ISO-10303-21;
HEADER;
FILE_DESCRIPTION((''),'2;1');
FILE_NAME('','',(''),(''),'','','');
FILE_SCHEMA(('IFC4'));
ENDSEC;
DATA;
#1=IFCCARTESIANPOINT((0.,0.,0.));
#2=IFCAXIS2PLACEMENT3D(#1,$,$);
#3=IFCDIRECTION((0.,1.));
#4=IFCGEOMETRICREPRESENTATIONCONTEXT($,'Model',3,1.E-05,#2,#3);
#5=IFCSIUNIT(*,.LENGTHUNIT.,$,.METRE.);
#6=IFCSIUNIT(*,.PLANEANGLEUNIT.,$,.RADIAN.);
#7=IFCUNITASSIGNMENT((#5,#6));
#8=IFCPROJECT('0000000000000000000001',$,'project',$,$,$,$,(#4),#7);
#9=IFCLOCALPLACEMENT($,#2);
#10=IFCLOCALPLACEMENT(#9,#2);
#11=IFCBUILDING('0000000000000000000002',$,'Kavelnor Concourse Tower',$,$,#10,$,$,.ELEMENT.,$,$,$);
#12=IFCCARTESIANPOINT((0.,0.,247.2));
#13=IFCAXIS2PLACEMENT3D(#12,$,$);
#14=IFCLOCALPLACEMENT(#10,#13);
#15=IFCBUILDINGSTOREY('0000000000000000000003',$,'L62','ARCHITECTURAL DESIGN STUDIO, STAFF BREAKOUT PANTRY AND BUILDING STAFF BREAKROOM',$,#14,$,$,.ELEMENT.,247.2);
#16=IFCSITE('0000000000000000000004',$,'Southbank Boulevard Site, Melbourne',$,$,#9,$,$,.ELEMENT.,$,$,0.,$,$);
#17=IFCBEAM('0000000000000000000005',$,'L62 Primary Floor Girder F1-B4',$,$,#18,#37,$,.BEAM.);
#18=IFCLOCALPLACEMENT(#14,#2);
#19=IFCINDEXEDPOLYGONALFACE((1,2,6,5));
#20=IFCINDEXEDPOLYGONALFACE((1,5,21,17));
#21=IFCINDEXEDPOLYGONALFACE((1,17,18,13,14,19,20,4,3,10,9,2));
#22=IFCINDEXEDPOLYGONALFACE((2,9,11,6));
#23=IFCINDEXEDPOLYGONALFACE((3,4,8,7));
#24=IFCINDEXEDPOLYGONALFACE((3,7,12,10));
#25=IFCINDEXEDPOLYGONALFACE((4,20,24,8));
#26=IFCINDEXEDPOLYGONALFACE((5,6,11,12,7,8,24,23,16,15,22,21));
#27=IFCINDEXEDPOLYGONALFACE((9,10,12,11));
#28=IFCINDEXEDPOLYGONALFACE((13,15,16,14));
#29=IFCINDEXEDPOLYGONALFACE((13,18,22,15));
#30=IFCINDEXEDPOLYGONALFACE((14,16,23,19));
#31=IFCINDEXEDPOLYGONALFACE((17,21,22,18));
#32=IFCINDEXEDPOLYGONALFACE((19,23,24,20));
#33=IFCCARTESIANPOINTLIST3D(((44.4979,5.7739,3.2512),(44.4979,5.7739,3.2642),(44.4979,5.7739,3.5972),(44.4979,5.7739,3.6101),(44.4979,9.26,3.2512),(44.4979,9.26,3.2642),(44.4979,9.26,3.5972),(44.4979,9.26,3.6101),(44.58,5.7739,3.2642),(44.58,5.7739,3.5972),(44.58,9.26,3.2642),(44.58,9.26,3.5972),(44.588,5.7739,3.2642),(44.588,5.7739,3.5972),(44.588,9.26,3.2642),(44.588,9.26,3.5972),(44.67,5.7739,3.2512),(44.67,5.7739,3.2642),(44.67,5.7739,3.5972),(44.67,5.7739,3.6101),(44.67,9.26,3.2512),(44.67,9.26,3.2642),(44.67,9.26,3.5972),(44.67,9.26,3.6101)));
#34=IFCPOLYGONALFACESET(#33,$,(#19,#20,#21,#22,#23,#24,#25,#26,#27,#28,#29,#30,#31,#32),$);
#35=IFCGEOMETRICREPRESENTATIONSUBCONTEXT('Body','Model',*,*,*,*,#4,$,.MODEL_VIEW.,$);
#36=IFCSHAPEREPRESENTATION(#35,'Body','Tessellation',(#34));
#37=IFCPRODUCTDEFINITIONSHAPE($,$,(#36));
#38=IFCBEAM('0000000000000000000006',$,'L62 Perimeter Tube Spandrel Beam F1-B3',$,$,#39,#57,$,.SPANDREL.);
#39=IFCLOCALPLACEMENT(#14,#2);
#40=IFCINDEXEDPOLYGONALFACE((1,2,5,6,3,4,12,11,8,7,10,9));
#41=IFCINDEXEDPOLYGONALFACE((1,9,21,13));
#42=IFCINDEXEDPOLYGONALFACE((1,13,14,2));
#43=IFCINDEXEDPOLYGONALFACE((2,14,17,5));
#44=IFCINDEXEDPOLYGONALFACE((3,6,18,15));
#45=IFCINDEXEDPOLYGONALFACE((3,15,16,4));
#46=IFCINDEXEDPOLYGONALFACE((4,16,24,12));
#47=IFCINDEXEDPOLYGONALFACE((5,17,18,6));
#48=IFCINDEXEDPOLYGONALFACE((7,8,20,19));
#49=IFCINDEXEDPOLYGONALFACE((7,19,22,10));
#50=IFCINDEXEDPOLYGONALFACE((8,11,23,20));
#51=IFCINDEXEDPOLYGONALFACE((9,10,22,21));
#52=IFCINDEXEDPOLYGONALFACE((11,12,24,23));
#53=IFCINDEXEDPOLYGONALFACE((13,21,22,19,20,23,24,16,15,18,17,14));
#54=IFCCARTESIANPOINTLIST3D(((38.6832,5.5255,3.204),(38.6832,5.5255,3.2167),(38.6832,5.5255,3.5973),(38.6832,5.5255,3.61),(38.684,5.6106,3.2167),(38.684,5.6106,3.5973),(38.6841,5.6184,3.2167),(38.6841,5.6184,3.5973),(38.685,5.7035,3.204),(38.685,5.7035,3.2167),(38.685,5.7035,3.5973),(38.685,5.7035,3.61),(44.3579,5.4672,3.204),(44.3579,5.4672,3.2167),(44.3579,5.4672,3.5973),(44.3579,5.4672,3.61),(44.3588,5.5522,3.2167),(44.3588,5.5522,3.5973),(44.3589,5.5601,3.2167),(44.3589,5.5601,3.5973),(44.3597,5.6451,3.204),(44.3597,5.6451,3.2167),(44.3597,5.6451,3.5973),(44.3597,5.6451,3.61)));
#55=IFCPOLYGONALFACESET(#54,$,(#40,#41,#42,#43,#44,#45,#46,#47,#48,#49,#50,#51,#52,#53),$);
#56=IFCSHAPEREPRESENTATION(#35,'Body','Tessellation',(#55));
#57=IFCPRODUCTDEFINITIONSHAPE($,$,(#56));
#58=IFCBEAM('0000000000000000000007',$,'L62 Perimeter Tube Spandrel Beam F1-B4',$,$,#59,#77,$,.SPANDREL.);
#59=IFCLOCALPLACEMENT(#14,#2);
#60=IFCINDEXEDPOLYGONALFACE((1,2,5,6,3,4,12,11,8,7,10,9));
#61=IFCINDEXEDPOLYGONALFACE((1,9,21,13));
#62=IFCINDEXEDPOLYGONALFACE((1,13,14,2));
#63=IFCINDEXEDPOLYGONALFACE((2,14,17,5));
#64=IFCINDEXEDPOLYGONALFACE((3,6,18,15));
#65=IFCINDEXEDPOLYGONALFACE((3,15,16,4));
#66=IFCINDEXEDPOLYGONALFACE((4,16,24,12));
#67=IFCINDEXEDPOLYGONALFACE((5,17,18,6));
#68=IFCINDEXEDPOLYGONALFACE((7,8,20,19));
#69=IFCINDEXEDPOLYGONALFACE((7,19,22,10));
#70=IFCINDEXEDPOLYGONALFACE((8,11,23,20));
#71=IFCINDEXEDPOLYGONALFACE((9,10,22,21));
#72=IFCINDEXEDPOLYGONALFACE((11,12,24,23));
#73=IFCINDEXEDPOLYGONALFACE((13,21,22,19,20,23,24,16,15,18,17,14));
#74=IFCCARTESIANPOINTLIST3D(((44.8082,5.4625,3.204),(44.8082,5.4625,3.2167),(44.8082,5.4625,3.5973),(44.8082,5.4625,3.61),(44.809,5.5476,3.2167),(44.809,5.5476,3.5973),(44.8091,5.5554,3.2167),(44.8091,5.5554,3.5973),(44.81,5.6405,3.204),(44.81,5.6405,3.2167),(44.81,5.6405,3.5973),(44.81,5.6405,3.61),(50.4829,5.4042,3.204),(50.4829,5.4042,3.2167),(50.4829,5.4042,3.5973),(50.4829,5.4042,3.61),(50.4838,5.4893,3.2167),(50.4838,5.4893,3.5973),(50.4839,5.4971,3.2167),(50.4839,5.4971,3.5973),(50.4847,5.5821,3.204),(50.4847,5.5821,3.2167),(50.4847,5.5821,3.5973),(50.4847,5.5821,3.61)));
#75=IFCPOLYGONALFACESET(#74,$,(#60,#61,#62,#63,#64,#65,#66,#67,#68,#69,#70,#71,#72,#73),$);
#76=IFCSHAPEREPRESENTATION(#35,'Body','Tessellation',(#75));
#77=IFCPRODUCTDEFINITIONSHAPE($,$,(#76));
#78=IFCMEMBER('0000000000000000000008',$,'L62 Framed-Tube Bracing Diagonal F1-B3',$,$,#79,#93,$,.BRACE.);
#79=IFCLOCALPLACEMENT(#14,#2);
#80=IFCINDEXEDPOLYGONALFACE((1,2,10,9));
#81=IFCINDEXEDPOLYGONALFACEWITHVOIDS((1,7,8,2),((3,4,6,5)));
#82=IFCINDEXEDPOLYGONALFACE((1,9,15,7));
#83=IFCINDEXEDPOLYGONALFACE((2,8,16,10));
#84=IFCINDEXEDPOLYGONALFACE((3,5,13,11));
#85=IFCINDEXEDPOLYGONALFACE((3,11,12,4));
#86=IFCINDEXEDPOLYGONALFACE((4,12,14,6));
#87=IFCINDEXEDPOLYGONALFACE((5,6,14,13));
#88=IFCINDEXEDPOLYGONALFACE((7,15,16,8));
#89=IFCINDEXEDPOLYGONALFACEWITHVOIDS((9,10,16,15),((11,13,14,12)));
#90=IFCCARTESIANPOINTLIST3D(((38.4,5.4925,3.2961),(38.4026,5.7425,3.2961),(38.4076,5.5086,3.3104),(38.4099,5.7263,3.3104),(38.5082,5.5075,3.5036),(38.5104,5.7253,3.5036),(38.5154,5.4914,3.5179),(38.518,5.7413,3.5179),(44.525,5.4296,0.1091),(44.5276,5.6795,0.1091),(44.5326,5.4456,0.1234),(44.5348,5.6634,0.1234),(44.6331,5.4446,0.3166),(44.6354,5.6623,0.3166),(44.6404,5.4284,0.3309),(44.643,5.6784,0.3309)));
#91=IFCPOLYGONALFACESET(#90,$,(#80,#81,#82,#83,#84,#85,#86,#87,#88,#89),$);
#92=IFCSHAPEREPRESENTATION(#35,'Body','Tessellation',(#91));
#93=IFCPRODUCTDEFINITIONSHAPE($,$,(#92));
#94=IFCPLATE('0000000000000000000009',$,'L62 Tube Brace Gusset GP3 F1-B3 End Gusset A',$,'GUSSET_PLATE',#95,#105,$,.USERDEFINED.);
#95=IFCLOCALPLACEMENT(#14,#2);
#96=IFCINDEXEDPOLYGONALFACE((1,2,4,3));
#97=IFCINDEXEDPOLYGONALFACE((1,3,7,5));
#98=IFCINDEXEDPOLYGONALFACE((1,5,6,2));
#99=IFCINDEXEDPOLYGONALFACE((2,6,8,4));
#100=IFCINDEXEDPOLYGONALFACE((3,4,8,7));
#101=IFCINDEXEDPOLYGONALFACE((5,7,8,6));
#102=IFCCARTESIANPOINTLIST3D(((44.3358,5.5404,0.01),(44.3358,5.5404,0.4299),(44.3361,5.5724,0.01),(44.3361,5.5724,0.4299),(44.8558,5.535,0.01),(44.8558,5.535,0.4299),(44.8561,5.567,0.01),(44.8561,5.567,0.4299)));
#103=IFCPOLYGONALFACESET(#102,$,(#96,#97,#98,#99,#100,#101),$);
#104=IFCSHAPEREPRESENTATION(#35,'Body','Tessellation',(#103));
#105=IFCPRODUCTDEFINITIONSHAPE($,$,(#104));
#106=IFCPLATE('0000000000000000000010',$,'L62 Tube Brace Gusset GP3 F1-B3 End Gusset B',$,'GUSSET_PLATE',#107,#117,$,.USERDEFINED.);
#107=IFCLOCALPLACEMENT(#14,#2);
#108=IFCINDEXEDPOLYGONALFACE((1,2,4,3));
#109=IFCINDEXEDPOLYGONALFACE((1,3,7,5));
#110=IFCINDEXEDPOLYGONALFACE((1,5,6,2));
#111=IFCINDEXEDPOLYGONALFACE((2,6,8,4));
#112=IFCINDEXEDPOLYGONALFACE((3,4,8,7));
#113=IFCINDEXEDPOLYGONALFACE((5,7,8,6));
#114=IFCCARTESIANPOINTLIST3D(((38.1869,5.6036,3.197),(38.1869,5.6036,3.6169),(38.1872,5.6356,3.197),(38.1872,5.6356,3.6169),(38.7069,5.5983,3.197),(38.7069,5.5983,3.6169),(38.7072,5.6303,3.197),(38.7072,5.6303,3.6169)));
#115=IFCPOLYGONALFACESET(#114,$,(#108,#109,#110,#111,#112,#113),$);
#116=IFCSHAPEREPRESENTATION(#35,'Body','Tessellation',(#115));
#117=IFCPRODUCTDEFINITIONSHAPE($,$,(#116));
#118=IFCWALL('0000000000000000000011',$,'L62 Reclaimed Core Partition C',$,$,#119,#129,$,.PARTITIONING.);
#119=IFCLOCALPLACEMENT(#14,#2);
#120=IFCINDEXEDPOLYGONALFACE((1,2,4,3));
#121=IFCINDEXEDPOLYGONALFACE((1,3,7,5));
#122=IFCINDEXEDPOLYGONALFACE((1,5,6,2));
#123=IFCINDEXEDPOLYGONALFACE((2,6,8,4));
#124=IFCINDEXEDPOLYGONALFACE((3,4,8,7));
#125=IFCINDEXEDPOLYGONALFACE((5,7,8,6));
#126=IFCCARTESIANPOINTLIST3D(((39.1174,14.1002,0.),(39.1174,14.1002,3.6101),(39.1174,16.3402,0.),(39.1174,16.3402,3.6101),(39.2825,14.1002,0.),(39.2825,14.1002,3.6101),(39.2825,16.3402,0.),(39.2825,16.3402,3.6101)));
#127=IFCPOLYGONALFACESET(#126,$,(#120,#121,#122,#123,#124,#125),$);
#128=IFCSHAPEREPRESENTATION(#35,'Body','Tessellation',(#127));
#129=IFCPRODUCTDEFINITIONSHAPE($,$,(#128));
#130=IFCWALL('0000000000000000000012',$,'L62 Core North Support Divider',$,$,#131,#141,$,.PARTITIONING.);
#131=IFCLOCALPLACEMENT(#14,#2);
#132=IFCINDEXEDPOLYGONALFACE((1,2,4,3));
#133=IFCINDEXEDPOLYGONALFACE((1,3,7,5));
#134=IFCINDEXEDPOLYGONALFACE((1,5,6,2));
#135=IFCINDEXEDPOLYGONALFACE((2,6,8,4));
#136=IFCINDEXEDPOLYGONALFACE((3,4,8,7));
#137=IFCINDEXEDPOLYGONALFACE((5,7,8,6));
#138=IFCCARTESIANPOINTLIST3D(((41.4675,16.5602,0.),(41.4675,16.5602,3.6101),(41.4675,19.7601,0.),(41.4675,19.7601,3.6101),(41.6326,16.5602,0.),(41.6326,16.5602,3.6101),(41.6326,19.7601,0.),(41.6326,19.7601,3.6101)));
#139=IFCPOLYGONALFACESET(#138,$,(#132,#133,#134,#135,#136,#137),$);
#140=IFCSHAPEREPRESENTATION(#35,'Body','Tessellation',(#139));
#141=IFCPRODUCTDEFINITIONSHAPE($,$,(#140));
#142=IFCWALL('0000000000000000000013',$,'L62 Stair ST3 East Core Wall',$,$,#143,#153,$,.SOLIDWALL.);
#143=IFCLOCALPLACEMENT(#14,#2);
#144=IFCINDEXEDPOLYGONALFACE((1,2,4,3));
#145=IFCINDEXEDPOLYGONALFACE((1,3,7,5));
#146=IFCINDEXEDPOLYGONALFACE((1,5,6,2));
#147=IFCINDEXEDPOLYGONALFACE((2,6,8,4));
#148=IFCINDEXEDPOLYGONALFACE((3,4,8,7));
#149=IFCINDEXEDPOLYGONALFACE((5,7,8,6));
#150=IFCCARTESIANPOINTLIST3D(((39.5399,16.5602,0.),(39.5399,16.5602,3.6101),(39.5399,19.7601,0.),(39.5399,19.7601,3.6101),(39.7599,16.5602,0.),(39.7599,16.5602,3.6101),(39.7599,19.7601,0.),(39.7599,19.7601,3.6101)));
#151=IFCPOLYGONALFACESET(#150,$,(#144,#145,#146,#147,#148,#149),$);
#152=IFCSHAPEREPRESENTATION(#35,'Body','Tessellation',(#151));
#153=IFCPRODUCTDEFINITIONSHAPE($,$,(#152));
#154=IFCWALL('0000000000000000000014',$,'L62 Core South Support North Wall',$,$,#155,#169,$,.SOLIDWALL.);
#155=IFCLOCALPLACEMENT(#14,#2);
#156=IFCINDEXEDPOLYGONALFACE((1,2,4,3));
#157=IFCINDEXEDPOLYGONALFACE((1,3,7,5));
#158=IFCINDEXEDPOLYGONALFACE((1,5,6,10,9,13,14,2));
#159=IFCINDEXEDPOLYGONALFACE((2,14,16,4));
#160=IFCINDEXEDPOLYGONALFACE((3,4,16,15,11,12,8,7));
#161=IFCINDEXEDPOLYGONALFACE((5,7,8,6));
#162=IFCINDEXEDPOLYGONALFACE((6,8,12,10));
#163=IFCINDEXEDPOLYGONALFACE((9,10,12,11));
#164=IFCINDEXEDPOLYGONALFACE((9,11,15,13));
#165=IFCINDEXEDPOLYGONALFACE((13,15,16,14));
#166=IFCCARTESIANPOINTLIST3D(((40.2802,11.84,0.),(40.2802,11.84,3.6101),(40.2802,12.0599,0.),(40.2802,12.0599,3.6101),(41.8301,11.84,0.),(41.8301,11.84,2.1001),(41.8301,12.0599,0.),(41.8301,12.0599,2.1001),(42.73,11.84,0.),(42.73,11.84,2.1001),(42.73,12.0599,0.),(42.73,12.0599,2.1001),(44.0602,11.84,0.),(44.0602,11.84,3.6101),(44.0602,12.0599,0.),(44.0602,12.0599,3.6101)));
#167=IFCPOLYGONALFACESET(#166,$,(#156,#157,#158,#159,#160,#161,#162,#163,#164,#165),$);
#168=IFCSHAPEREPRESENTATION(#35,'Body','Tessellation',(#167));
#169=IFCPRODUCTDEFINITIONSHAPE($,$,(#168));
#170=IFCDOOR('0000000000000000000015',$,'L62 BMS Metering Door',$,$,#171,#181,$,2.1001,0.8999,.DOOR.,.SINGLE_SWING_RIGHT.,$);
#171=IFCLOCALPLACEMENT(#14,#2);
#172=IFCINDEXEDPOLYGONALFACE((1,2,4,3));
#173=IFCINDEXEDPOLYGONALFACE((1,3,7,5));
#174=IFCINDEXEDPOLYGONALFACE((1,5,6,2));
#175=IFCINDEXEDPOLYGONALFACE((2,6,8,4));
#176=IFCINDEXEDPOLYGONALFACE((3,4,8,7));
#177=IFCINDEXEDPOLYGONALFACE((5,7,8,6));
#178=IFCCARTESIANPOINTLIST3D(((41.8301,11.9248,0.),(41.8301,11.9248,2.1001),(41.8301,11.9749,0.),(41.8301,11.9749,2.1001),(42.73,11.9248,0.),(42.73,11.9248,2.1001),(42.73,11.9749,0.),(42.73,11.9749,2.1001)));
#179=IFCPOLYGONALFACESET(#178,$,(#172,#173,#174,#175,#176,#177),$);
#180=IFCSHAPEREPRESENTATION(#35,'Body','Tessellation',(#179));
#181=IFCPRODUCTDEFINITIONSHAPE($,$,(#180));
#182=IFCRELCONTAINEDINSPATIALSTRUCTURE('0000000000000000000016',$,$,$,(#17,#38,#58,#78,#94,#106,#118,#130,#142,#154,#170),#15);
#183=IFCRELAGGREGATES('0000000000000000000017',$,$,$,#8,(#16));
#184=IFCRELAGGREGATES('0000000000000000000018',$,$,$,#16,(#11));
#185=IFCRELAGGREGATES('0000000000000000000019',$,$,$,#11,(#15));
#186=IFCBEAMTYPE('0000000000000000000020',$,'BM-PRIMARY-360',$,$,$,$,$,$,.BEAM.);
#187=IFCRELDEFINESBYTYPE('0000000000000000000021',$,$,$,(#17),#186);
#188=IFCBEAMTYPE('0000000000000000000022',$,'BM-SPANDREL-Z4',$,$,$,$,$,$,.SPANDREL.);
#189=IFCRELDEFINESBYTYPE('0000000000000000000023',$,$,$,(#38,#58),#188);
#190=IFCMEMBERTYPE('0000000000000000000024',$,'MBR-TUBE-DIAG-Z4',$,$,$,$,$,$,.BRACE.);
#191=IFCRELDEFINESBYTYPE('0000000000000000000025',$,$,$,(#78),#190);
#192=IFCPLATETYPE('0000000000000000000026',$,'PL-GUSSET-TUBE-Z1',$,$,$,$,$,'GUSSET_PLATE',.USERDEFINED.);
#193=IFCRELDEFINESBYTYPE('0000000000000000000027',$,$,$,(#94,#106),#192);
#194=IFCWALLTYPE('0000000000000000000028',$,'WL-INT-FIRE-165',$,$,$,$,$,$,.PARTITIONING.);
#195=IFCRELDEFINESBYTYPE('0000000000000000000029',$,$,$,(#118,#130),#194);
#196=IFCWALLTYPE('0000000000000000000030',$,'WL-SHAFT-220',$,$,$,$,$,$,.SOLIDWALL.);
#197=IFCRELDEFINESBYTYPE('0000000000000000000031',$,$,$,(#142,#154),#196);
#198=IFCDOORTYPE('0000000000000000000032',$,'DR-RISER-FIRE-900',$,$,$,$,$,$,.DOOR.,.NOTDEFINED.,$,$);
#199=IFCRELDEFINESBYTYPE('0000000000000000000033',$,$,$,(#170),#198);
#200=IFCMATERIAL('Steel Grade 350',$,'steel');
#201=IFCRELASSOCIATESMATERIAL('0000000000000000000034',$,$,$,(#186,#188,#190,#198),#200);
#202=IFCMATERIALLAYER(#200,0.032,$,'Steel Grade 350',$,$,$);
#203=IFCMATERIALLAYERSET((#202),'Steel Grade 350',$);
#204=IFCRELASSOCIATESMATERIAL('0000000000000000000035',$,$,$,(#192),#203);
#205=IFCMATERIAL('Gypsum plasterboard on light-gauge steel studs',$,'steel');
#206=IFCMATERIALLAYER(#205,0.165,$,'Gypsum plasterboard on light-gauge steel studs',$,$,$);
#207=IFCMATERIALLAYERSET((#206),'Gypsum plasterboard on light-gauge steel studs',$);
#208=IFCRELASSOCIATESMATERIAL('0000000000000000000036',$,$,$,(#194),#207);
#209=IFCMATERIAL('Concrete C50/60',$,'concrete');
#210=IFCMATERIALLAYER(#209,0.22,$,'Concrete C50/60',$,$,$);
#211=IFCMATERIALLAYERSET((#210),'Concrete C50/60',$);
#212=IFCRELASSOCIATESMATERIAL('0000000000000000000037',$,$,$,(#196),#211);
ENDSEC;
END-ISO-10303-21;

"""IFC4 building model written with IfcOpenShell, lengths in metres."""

from ifc_helpers import new_model, si_unit, direction, frame, frame_2d, origin, origin_2d, place, context, subcontext, project, spatial, rectangle, hollow_rectangle, i_section, extrude, material, layer, layer_set, material_profile, profile_set, type_object, element, fill, save


model = new_model("IFC4")

# Units and contexts
model_context = context("Model", 3, precision=1e-05, world=origin(), true_north=direction((0.0, 1.0)))
body_context = subcontext(model_context, "Body", "Model", "MODEL_VIEW")
ifc_project = project(units=[si_unit("LENGTHUNIT", "METRE"), si_unit("PLANEANGLEUNIT", "RADIAN")], contexts=[model_context])

# Site, building, storey
site_placement = place(None, origin())
site = spatial("IfcSite", under=ifc_project, at=site_placement, Name="Southbank Boulevard Site, Melbourne", CompositionType="ELEMENT", RefElevation=0.0)
building_placement = place(site_placement, origin())
building = spatial("IfcBuilding", under=site, at=building_placement, Name="Kavelnor Concourse Tower", CompositionType="ELEMENT")
storey_placement = place(building_placement, frame((0.0, 0.0, 247.2)))
storey = spatial("IfcBuildingStorey", under=building, at=storey_placement, Name="L62", Description="ARCHITECTURAL DESIGN STUDIO, STAFF BREAKOUT PANTRY AND BUILDING STAFF BREAKROOM", CompositionType="ELEMENT", Elevation=247.2)

# Shared definitions
ifc_material_1 = material(Name="Steel Grade 350", Category="steel")

# Beams
ifc_material_profile_1 = material_profile(ifc_material_1, i_section(OverallWidth=0.1721, OverallDepth=0.3589, WebThickness=0.0081, FlangeThickness=0.0129, at=origin_2d()), Name="360UB56")
ifc_profile_set_1 = profile_set([ifc_material_profile_1], Name="Steel Grade 350")
beam_type_1 = type_object("IfcBeamType", Name="BM-PRIMARY-360", PredefinedType="BEAM", material=ifc_profile_set_1)
beam_1_placement = place(storey_placement, frame((44.584, 9.26, 3.4307), z_axis=(0.0, -1.0, 0.0), x_axis=(1.0, 0.0, 0.0)))
element("IfcBeam", 1, at=beam_1_placement, inside=storey, type_object=beam_type_1, Name="L62 Primary Floor Girder F1-B4", PredefinedType="BEAM", context=body_context, shape_type="SweptSolid", body=[
    extrude(i_section(OverallWidth=0.1721, OverallDepth=0.3589, WebThickness=0.0081, FlangeThickness=0.0129, at=origin_2d()), origin(), (0.0, 0.0, 1.0), 3.4861),
])
ifc_material_profile_2 = material_profile(ifc_material_1, i_section(OverallWidth=0.178, OverallDepth=0.406, WebThickness=0.0078, FlangeThickness=0.0127, at=origin_2d()), Name="410UB59")
ifc_profile_set_2 = profile_set([ifc_material_profile_2], Name="Steel Grade 350")
beam_type_2 = type_object("IfcBeamType", Name="BM-SPANDREL-Z4", PredefinedType="SPANDREL", material=ifc_profile_set_2)
for number, where, z_axis, x_axis, name in (
    (2, (38.6841, 5.6145, 3.407), (0.999947, -0.010282, 0.0), (0.010282, 0.999947, 0.0), "L62 Perimeter Tube Spandrel Beam F1-B3"),
    (3, (44.8091, 5.5515, 3.407), (0.999947, -0.010282, 0.0), (0.010282, 0.999947, 0.0), "L62 Perimeter Tube Spandrel Beam F1-B4"),
):
    element("IfcBeam", number, at=place(storey_placement, frame(where, z_axis=z_axis, x_axis=x_axis)), inside=storey, type_object=beam_type_2, Name=name, PredefinedType="SPANDREL", context=body_context, shape_type="SweptSolid", body=[
        extrude(i_section(OverallWidth=0.178, OverallDepth=0.406, WebThickness=0.0078, FlangeThickness=0.0127, at=origin_2d()), origin(), (0.0, 0.0, 1.0), 5.675),
    ])

# Member
ifc_material_profile_3 = material_profile(ifc_material_1, hollow_rectangle(XDim=0.25, YDim=0.25, WallThickness=0.0161, at=origin_2d()), Name="SHS 250x250x16")
ifc_profile_set_3 = profile_set([ifc_material_profile_3], Name="Steel Grade 350")
member_type = type_object("IfcMemberType", Name="MBR-TUBE-DIAG-Z4", PredefinedType="BRACE", material=ifc_profile_set_3)
member_placement = place(storey_placement, frame((44.584, 5.554, 0.22), z_axis=(-0.887061, 0.009122, 0.461563), x_axis=(-0.010283, -0.999947, 0.0)))
element("IfcMember", 4, at=member_placement, inside=storey, type_object=member_type, Name="L62 Framed-Tube Bracing Diagonal F1-B3", PredefinedType="BRACE", context=body_context, shape_type="SweptSolid", body=[
    extrude(hollow_rectangle(XDim=0.25, YDim=0.25, WallThickness=0.0161, at=origin_2d()), origin(), (0.0, 0.0, 1.0), 6.9048),
])

# Plates
ifc_layer_1 = layer(ifc_material_1, 0.032, Name="Steel Grade 350")
ifc_layer_set_1 = layer_set([ifc_layer_1], Name="Steel Grade 350")
plate_type = type_object("IfcPlateType", Name="PL-GUSSET-TUBE-Z1", ElementType="GUSSET_PLATE", PredefinedType="USERDEFINED", material=ifc_layer_set_1)
for number, where, z_axis, x_axis, name in (
    (5, (44.5959, 5.5537, 0.01), (0.0, 0.0, 1.0), (-0.999947, 0.010297, 0.0), "L62 Tube Brace Gusset GP3 F1-B3 End Gusset A"),
    (6, (38.447, 5.6169, 3.197), (0.0, 0.0, 1.0), (-0.999947, 0.010297, 0.0), "L62 Tube Brace Gusset GP3 F1-B3 End Gusset B"),
):
    element("IfcPlate", number, at=place(storey_placement, frame(where, z_axis=z_axis, x_axis=x_axis)), inside=storey, type_object=plate_type, Name=name, ObjectType="GUSSET_PLATE", PredefinedType="USERDEFINED", context=body_context, shape_type="SweptSolid", body=[
        extrude(rectangle(XDim=0.52, YDim=0.032, at=origin_2d()), origin(), (0.0, 0.0, 1.0), 0.4199),
    ])

# Walls
ifc_material_2 = material(Name="Gypsum plasterboard on light-gauge steel studs", Category="steel")
ifc_layer_2 = layer(ifc_material_2, 0.165, Name="Gypsum plasterboard on light-gauge steel studs")
ifc_layer_set_2 = layer_set([ifc_layer_2], Name="Gypsum plasterboard on light-gauge steel studs")
wall_type_1 = type_object("IfcWallType", Name="WL-INT-FIRE-165", PredefinedType="PARTITIONING", material=ifc_layer_set_2)
wall_1_placement = place(storey_placement, frame((39.2, 14.1001, 0.0), z_axis=(0.0, 0.0, 1.0), x_axis=(0.0, 1.0, 0.0)))
element("IfcWall", 7, at=wall_1_placement, inside=storey, type_object=wall_type_1, Name="L62 Reclaimed Core Partition C", PredefinedType="PARTITIONING", context=body_context, shape_type="SweptSolid", body=[
    extrude(rectangle(XDim=2.24, YDim=0.165, at=frame_2d((1.1201, 0.0))), origin(), (0.0, 0.0, 1.0), 3.6101),
])
wall_2_placement = place(storey_placement, frame((41.55, 16.5601, 0.0), z_axis=(0.0, 0.0, 1.0), x_axis=(0.0, 1.0, 0.0)))
element("IfcWall", 8, at=wall_2_placement, inside=storey, type_object=wall_type_1, Name="L62 Core North Support Divider", PredefinedType="PARTITIONING", context=body_context, shape_type="SweptSolid", body=[
    extrude(rectangle(XDim=3.2, YDim=0.165, at=frame_2d((1.6001, 0.0))), origin(), (0.0, 0.0, 1.0), 3.6101),
])
ifc_material_3 = material(Name="Concrete C50/60", Category="concrete")
ifc_layer_3 = layer(ifc_material_3, 0.22, Name="Concrete C50/60")
ifc_layer_set_3 = layer_set([ifc_layer_3], Name="Concrete C50/60")
wall_type_2 = type_object("IfcWallType", Name="WL-SHAFT-220", PredefinedType="SOLIDWALL", material=ifc_layer_set_3)
wall_3_placement = place(storey_placement, frame((39.6499, 16.5601, 0.0), z_axis=(0.0, 0.0, 1.0), x_axis=(0.0, 1.0, 0.0)))
element("IfcWall", 9, at=wall_3_placement, inside=storey, type_object=wall_type_2, Name="L62 Stair ST3 East Core Wall", PredefinedType="SOLIDWALL", context=body_context, shape_type="SweptSolid", body=[
    extrude(rectangle(XDim=3.2, YDim=0.22, at=frame_2d((1.6001, 0.0))), origin(), (0.0, 0.0, 1.0), 3.6101),
])

# Wall, opening, door
wall_4_placement = place(storey_placement, frame((40.28, 11.95, 0.0), z_axis=(0.0, 0.0, 1.0), x_axis=(1.0, 0.0, 0.0)))
wall_4 = element("IfcWall", 10, at=wall_4_placement, inside=storey, type_object=wall_type_2, Name="L62 Core South Support North Wall", PredefinedType="SOLIDWALL", context=body_context, shape_type="SweptSolid", body=[
    extrude(rectangle(XDim=3.78, YDim=0.22, at=frame_2d((1.8901, 0.0))), origin(), (0.0, 0.0, 1.0), 3.6101),
])
opening_1_placement = place(wall_4_placement, frame((1.55, 0.0, 0.0)))
opening_1 = element("IfcOpeningElement", 11, at=opening_1_placement, cuts=wall_4, PredefinedType="OPENING", context=body_context, shape_type="SweptSolid", body=[
    extrude(rectangle(XDim=0.8999, YDim=2.1001, at=frame_2d((0.45, 1.05))), frame((0.0, 0.1201, 0.0), z_axis=(0.0, -1.0, 0.0), x_axis=(1.0, 0.0, 0.0)), (0.0, 0.0, 1.0), 0.24),
])
door_type_1 = type_object("IfcDoorType", Name="DR-RISER-FIRE-900", OperationType="NOTDEFINED", PredefinedType="DOOR", material=ifc_material_1)
door_1_placement = place(opening_1_placement, origin())
door_1 = element("IfcDoor", 12, at=door_1_placement, inside=storey, type_object=door_type_1, Name="L62 BMS Metering Door", OperationType="SINGLE_SWING_RIGHT", OverallHeight=2.1001, OverallWidth=0.8999, PredefinedType="DOOR", context=body_context, shape_type="SweptSolid", body=[
    extrude(rectangle(XDim=0.8999, YDim=2.1001, at=frame_2d((0.45, 1.05))), frame((0.0, 0.0249, 0.0), z_axis=(0.0, -1.0, 0.0), x_axis=(1.0, 0.0, 0.0)), (0.0, 0.0, 1.0), 0.05),
])
fill(opening_1, door_1)

save(model, "model.ifc")
